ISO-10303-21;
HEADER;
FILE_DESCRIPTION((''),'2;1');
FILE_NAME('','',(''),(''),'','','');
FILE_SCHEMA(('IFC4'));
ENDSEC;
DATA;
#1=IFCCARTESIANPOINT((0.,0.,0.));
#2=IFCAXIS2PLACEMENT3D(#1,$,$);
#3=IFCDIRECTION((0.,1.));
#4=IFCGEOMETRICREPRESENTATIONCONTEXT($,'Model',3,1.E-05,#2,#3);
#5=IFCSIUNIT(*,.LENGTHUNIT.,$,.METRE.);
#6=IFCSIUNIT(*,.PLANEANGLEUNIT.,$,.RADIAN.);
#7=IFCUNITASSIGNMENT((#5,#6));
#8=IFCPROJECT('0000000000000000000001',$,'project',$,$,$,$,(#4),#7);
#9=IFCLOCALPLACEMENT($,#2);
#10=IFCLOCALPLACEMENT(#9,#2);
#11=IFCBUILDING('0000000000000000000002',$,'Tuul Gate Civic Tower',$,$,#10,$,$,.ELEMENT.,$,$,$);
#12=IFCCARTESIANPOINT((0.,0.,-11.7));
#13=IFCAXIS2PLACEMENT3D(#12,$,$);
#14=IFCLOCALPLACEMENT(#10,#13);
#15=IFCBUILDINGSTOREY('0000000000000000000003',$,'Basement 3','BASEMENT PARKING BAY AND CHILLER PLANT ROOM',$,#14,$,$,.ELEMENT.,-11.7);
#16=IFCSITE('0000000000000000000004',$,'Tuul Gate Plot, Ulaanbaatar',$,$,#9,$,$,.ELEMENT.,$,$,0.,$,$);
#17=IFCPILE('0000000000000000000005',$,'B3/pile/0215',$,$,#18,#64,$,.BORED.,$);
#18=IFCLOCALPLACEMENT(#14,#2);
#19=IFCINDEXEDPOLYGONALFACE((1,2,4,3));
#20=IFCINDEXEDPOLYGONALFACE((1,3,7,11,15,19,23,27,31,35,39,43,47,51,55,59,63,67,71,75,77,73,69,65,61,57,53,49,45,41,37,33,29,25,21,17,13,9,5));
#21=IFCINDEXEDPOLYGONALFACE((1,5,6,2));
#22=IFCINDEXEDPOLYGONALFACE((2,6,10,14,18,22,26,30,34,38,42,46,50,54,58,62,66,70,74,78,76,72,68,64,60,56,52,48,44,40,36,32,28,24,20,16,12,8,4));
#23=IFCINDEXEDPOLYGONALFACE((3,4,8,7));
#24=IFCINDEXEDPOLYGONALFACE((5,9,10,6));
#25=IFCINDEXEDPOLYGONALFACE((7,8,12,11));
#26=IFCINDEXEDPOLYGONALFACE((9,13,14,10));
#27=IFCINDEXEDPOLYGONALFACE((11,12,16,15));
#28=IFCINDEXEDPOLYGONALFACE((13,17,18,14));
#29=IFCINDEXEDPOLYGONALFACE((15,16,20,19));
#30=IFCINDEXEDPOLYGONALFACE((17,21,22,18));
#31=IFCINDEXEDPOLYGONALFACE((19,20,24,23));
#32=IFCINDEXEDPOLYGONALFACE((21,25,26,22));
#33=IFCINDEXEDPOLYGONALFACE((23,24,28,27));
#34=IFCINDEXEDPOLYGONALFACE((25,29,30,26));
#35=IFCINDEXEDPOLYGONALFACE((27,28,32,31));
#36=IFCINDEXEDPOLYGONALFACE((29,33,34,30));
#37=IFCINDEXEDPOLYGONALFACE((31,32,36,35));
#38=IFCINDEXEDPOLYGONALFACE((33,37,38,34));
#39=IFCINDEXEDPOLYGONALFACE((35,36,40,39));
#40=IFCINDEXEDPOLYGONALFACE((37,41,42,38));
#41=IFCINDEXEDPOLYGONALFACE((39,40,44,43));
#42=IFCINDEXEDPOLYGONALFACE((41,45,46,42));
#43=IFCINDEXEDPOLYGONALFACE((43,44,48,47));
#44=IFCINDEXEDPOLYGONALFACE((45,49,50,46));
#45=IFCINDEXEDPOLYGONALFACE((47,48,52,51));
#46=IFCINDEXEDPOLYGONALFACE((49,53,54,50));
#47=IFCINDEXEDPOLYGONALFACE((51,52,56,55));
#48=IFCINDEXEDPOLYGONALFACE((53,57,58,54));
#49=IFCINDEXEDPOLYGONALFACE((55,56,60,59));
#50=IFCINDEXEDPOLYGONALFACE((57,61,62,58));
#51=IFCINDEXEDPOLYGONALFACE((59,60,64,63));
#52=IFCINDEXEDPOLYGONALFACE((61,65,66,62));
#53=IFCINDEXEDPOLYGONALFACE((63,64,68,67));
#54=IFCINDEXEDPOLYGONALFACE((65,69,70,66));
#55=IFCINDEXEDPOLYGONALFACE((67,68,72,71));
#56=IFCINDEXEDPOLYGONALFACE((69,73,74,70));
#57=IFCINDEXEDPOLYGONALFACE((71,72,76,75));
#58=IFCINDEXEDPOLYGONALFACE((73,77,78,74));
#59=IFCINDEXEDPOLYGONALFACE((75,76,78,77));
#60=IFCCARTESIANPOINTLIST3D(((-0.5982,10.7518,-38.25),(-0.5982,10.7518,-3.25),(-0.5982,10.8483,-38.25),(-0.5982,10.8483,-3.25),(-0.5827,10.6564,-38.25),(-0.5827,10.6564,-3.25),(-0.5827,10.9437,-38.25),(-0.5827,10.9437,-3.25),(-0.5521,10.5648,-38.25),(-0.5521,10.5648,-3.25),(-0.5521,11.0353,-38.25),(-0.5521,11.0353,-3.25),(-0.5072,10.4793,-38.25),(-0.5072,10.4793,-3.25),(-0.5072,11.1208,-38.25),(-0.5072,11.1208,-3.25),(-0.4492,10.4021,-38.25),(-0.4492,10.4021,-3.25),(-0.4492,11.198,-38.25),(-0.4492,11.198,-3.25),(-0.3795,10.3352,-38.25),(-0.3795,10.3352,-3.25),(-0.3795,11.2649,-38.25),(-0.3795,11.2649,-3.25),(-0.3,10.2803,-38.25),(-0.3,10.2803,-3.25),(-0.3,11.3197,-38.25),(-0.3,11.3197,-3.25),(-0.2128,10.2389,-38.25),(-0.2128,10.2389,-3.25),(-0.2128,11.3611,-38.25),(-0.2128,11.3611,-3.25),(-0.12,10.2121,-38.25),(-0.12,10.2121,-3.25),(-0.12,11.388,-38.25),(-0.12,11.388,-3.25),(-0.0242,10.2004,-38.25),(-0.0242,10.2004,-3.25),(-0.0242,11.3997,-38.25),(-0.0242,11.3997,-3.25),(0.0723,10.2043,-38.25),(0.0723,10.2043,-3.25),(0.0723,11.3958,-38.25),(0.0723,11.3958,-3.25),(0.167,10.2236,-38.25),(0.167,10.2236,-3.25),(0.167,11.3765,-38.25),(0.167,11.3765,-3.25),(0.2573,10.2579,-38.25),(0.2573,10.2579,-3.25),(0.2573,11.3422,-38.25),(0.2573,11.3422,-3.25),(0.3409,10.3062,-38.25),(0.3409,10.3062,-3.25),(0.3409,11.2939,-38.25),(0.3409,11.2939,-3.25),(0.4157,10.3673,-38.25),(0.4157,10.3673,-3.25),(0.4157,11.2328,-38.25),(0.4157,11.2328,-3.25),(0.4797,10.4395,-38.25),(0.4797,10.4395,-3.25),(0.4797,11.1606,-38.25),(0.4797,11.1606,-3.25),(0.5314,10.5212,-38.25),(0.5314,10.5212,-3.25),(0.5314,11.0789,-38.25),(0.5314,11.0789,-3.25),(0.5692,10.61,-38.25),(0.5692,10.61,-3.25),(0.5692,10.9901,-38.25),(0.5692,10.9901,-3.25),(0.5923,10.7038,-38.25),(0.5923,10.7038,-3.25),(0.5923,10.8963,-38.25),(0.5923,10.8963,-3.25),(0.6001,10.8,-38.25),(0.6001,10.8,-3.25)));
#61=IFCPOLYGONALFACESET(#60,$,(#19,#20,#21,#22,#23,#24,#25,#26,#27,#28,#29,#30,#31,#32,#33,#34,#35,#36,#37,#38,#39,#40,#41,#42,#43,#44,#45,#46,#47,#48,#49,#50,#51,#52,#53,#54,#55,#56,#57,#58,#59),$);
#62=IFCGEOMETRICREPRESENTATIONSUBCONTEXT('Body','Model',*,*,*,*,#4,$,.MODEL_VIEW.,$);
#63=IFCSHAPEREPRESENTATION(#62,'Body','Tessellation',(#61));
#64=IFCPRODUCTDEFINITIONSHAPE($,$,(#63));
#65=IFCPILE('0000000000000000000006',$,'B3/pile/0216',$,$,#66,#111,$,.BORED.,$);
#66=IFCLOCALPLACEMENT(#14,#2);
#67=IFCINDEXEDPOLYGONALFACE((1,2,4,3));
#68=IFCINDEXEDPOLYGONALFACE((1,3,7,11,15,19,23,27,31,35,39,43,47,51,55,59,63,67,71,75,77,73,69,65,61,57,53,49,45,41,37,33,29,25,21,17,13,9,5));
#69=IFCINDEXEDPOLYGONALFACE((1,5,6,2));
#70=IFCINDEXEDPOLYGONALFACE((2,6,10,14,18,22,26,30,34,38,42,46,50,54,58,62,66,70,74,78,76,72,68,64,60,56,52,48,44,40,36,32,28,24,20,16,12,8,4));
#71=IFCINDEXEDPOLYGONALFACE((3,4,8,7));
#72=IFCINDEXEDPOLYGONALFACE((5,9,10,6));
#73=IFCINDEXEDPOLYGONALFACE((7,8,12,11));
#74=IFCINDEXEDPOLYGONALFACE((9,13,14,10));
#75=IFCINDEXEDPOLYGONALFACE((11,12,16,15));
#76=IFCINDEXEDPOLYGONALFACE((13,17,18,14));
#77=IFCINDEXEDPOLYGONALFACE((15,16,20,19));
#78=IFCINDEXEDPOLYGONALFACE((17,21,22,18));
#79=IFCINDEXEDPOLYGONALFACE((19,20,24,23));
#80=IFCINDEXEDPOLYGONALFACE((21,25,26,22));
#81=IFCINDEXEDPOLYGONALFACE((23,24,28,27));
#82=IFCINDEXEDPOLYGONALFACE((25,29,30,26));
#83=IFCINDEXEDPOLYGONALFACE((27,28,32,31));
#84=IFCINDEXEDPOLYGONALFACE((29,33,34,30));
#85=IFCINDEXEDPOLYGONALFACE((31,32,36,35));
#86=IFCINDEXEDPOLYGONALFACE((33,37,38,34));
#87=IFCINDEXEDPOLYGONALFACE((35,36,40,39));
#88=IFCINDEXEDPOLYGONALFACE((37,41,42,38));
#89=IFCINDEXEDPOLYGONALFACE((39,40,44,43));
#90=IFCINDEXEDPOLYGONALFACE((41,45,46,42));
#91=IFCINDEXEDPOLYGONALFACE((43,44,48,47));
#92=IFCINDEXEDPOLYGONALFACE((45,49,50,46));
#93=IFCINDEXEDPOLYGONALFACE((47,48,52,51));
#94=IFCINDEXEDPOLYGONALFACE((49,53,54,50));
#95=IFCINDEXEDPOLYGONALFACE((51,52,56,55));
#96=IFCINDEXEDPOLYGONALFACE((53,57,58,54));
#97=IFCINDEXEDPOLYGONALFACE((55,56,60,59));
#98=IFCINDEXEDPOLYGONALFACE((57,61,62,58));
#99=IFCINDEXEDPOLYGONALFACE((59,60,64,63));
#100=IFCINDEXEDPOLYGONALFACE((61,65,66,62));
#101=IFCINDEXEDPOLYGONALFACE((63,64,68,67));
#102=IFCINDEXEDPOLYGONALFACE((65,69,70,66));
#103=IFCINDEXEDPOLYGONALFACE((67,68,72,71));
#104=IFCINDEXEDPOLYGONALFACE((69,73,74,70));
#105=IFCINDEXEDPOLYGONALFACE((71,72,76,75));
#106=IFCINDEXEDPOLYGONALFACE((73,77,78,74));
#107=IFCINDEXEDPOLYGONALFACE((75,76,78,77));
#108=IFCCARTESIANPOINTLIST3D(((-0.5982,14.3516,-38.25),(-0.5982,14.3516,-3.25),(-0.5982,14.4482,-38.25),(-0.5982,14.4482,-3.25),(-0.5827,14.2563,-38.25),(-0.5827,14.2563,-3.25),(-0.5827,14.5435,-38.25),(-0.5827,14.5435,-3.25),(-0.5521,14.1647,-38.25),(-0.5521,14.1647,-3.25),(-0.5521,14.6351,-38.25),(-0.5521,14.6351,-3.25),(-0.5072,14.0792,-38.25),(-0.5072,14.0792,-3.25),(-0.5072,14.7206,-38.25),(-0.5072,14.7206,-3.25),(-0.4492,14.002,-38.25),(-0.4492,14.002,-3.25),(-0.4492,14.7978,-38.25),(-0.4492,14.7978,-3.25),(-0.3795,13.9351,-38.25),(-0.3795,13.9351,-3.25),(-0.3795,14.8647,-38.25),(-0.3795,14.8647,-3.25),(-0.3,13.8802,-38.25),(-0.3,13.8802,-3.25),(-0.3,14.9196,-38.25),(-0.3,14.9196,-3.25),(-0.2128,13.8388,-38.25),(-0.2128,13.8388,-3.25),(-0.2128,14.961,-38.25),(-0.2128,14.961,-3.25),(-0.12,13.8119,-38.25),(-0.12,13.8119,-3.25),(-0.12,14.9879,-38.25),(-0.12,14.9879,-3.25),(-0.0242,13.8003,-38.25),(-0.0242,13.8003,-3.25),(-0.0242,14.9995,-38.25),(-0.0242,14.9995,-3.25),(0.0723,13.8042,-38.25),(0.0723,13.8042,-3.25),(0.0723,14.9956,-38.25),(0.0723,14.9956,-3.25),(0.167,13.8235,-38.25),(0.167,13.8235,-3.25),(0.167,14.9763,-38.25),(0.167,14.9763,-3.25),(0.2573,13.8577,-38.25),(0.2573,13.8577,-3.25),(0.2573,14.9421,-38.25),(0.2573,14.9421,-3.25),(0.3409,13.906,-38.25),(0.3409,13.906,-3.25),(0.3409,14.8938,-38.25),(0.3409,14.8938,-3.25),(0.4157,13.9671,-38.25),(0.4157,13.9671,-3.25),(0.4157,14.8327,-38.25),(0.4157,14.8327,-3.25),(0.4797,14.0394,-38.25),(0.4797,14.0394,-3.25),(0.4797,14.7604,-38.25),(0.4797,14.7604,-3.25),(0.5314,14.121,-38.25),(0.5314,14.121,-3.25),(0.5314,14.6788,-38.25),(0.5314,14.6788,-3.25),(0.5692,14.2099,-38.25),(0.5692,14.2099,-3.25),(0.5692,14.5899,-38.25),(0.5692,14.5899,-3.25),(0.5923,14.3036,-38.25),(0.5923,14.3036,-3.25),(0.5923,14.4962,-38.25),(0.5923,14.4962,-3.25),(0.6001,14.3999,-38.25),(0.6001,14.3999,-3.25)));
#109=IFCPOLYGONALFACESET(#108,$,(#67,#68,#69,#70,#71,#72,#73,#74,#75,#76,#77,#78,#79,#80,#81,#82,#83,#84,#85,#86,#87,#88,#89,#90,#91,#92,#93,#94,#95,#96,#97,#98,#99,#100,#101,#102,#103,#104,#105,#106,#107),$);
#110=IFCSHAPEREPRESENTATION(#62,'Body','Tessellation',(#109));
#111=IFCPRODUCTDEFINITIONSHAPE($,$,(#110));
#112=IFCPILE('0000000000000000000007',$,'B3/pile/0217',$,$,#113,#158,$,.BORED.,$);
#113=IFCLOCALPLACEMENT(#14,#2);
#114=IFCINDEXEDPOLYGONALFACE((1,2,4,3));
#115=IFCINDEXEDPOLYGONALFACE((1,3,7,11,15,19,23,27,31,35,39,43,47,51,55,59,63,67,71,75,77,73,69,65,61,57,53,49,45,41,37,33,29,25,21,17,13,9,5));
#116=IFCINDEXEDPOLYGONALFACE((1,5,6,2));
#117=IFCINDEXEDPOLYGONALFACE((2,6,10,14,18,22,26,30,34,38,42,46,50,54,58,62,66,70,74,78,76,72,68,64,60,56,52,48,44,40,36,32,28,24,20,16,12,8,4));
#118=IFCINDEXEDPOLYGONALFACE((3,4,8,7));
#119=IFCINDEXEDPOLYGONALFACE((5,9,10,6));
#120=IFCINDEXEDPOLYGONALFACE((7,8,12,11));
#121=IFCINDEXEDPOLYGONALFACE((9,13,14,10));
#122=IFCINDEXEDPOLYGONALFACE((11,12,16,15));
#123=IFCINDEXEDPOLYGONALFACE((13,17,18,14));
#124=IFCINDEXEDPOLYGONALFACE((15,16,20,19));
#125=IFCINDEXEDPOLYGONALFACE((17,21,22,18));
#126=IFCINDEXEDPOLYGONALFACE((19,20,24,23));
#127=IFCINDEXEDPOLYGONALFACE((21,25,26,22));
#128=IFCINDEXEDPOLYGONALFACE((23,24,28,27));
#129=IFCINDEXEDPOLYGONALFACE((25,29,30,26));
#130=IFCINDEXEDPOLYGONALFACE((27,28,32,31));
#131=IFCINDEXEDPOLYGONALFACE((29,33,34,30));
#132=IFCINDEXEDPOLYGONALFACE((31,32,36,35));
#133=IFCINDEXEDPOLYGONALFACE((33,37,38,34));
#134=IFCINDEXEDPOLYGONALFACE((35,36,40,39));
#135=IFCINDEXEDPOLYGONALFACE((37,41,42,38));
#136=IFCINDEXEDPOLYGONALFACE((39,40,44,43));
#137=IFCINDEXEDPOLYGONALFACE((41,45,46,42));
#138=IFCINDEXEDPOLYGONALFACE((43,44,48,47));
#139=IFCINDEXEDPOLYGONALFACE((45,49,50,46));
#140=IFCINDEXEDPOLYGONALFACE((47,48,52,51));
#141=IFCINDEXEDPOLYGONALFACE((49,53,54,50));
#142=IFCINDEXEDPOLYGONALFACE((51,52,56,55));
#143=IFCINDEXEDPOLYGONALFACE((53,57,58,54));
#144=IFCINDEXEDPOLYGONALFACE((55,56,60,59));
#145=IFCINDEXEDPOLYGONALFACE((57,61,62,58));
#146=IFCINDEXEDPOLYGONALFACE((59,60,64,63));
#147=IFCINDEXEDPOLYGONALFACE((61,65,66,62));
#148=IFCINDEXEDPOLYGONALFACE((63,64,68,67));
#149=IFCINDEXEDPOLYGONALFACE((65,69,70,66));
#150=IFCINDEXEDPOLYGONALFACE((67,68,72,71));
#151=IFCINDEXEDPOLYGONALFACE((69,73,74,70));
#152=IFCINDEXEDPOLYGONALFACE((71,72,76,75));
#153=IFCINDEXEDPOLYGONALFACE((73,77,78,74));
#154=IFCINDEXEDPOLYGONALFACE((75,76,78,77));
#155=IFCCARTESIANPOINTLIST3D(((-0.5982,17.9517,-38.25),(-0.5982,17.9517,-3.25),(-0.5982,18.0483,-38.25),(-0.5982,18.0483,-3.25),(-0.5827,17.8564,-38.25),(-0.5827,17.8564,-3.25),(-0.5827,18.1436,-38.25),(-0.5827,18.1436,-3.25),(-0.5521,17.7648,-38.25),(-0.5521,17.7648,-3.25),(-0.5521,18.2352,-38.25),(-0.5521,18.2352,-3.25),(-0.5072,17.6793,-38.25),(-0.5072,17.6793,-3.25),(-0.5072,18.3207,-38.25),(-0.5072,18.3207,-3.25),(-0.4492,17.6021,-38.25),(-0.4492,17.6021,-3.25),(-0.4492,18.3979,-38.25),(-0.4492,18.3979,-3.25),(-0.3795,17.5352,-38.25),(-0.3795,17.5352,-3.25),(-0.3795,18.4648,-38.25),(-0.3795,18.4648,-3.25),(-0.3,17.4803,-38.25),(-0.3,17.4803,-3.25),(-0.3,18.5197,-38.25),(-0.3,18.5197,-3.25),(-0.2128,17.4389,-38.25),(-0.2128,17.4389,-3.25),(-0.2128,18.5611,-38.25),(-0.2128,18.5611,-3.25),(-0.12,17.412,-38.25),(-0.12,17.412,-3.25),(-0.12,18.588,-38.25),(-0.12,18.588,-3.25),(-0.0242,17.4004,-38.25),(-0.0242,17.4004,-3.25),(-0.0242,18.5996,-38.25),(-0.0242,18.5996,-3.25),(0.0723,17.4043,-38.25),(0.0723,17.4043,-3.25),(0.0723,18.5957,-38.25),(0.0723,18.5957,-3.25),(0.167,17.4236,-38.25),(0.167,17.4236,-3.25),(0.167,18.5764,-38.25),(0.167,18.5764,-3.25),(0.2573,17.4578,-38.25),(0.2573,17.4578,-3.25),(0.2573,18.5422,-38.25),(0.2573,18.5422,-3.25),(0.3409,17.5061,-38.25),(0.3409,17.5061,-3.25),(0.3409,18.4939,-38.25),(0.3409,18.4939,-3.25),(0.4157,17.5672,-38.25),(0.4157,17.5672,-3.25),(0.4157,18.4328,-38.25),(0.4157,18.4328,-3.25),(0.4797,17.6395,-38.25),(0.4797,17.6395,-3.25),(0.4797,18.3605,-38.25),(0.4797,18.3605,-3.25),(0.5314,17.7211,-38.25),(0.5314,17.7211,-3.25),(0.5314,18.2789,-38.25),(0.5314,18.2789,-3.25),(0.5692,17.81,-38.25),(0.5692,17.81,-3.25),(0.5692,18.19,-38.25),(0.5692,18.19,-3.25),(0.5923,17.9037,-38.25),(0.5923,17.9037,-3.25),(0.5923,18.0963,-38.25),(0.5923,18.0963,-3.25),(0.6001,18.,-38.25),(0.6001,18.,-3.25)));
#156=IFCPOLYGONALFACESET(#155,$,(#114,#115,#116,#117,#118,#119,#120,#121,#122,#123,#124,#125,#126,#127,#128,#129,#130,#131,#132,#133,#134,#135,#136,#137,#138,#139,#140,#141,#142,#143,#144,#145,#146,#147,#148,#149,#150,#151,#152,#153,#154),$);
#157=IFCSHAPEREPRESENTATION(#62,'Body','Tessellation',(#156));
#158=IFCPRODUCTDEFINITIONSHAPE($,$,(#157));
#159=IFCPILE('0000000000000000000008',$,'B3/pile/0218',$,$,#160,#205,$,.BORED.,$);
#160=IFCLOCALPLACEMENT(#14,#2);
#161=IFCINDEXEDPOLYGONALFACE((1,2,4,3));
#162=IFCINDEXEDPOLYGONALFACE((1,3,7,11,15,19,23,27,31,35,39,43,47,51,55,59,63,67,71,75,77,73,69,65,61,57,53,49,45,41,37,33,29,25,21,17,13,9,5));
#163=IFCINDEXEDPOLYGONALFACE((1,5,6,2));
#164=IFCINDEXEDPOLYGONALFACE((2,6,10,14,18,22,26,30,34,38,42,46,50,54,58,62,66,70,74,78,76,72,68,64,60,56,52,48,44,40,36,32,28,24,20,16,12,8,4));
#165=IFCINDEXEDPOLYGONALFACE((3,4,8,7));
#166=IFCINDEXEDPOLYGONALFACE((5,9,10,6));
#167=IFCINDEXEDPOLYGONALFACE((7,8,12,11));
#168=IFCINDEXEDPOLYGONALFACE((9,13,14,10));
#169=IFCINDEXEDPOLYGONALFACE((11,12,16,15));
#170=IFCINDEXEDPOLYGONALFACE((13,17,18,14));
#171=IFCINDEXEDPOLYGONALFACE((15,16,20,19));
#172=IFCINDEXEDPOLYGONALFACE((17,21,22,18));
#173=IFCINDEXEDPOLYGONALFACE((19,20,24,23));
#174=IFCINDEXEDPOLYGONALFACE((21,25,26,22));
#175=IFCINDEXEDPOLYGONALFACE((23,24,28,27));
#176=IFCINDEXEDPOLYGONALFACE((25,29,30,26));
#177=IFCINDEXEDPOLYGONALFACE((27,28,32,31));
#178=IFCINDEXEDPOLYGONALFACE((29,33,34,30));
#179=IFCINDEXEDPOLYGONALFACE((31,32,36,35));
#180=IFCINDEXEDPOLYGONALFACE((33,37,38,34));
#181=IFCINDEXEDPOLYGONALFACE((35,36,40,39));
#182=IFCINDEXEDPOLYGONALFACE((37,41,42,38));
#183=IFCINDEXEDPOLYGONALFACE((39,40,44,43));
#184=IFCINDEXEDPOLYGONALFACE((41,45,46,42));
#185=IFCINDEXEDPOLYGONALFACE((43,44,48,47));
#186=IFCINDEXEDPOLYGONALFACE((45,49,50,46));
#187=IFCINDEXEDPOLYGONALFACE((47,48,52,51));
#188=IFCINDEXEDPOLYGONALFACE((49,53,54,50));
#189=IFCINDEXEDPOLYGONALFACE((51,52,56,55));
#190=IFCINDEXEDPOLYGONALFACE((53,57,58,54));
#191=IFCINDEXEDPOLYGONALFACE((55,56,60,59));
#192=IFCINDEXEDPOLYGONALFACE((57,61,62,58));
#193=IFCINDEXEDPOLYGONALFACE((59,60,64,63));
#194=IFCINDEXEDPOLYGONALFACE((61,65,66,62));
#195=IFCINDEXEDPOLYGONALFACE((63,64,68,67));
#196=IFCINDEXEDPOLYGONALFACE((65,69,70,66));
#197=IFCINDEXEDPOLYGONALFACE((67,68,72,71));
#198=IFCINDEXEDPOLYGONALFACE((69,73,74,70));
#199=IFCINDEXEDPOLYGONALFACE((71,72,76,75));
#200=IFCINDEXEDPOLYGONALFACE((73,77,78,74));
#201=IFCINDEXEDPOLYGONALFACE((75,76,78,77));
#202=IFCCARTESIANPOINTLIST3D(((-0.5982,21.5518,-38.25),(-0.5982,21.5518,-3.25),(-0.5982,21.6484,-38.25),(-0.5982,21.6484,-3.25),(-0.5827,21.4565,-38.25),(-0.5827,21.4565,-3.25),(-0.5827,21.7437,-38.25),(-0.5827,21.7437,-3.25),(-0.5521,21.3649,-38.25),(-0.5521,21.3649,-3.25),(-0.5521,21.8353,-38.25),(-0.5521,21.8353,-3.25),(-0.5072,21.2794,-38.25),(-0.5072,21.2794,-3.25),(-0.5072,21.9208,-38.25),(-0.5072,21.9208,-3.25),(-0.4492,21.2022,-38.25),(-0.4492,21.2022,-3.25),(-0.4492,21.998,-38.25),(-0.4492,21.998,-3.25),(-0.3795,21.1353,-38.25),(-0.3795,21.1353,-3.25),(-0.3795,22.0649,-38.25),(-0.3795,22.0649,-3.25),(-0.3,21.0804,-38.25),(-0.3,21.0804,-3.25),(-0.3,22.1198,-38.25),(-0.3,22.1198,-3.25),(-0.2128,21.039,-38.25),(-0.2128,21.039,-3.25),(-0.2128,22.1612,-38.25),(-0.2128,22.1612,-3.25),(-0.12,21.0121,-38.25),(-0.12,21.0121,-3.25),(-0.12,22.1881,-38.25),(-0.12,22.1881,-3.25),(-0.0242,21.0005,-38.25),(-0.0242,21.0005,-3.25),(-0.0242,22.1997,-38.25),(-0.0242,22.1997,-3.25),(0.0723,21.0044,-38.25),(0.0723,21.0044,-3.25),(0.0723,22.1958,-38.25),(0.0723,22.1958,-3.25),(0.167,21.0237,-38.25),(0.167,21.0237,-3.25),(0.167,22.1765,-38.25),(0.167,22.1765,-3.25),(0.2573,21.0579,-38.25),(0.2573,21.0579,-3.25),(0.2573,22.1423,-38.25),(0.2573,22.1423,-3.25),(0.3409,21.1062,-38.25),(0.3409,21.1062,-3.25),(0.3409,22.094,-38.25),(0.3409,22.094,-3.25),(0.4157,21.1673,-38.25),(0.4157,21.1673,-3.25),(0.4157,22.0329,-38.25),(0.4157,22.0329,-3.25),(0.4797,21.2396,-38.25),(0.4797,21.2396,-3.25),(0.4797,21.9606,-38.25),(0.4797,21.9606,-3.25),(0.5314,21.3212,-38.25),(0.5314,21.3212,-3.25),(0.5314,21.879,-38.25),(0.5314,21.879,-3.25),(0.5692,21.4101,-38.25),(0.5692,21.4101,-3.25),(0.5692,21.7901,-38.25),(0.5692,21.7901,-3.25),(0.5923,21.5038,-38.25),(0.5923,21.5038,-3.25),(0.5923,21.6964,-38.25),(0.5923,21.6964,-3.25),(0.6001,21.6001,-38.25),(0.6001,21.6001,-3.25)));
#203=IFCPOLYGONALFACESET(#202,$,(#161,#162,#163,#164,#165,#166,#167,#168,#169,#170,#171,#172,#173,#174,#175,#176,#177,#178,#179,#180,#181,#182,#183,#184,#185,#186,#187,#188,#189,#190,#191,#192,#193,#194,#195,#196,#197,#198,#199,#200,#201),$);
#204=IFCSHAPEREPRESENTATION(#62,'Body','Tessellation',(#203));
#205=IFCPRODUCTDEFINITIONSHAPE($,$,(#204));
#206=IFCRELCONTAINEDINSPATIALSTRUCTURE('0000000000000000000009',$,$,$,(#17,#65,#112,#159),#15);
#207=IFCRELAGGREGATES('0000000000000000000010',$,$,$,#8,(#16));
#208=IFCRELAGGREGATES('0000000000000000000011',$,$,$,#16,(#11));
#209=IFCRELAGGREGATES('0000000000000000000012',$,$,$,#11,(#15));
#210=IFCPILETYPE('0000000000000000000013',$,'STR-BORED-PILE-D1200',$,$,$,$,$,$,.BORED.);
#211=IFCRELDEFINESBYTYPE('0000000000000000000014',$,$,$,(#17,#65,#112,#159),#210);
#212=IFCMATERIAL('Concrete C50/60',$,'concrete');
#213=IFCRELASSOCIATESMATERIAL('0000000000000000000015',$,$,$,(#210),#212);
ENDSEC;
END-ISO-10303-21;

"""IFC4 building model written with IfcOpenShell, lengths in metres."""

from ifc_helpers import new_model, si_unit, direction, frame, origin, origin_2d, place, context, subcontext, project, spatial, circle, extrude, material, material_profile, profile_set, type_object, element, save


model = new_model("IFC4")

# Units and contexts
model_context = context("Model", 3, precision=1e-05, world=origin(), true_north=direction((0.0, 1.0)))
body_context = subcontext(model_context, "Body", "Model", "MODEL_VIEW")
ifc_project = project(units=[si_unit("LENGTHUNIT", "METRE"), si_unit("PLANEANGLEUNIT", "RADIAN")], contexts=[model_context])

# Site, building, storey
site_placement = place(None, origin())
site = spatial("IfcSite", under=ifc_project, at=site_placement, Name="Tuul Gate Plot, Ulaanbaatar", CompositionType="ELEMENT", RefElevation=0.0)
building_placement = place(site_placement, origin())
building = spatial("IfcBuilding", under=site, at=building_placement, Name="Tuul Gate Civic Tower", CompositionType="ELEMENT")
storey_placement = place(building_placement, frame((0.0, 0.0, -11.7)))
storey = spatial("IfcBuildingStorey", under=building, at=storey_placement, Name="Basement 3", Description="BASEMENT PARKING BAY AND CHILLER PLANT ROOM", CompositionType="ELEMENT", Elevation=-11.7)

# Piles
ifc_material_1 = material(Name="Concrete C50/60", Category="concrete")
ifc_material_profile_1 = material_profile(ifc_material_1, circle(Radius=0.6001, at=origin_2d()), Name="PILE1200")
ifc_profile_set_1 = profile_set([ifc_material_profile_1], Name="Concrete C50/60")
pile_type = type_object("IfcPileType", Name="STR-BORED-PILE-D1200", PredefinedType="BORED", material=ifc_profile_set_1)
for number, where, z_axis, x_axis, name in (
    (1, (0.0, 10.8, -3.25), (0.0, 0.0, -1.0), (1.0, 0.0, 0.0), "B3/pile/0215"),
    (2, (0.0, 14.3999, -3.25), (0.0, 0.0, -1.0), (1.0, 0.0, 0.0), "B3/pile/0216"),
    (3, (0.0, 18.0, -3.25), (0.0, 0.0, -1.0), (1.0, 0.0, 0.0), "B3/pile/0217"),
    (4, (0.0, 21.6001, -3.25), (0.0, 0.0, -1.0), (1.0, 0.0, 0.0), "B3/pile/0218"),
):
    element("IfcPile", number, at=place(storey_placement, frame(where, z_axis=z_axis, x_axis=x_axis)), inside=storey, type_object=pile_type, Name=name, PredefinedType="BORED", context=body_context, shape_type="SweptSolid", body=[
        extrude(circle(Radius=0.6001, at=origin_2d()), origin(), (0.0, 0.0, 1.0), 35.0),
    ])

save(model, "model.ifc")
